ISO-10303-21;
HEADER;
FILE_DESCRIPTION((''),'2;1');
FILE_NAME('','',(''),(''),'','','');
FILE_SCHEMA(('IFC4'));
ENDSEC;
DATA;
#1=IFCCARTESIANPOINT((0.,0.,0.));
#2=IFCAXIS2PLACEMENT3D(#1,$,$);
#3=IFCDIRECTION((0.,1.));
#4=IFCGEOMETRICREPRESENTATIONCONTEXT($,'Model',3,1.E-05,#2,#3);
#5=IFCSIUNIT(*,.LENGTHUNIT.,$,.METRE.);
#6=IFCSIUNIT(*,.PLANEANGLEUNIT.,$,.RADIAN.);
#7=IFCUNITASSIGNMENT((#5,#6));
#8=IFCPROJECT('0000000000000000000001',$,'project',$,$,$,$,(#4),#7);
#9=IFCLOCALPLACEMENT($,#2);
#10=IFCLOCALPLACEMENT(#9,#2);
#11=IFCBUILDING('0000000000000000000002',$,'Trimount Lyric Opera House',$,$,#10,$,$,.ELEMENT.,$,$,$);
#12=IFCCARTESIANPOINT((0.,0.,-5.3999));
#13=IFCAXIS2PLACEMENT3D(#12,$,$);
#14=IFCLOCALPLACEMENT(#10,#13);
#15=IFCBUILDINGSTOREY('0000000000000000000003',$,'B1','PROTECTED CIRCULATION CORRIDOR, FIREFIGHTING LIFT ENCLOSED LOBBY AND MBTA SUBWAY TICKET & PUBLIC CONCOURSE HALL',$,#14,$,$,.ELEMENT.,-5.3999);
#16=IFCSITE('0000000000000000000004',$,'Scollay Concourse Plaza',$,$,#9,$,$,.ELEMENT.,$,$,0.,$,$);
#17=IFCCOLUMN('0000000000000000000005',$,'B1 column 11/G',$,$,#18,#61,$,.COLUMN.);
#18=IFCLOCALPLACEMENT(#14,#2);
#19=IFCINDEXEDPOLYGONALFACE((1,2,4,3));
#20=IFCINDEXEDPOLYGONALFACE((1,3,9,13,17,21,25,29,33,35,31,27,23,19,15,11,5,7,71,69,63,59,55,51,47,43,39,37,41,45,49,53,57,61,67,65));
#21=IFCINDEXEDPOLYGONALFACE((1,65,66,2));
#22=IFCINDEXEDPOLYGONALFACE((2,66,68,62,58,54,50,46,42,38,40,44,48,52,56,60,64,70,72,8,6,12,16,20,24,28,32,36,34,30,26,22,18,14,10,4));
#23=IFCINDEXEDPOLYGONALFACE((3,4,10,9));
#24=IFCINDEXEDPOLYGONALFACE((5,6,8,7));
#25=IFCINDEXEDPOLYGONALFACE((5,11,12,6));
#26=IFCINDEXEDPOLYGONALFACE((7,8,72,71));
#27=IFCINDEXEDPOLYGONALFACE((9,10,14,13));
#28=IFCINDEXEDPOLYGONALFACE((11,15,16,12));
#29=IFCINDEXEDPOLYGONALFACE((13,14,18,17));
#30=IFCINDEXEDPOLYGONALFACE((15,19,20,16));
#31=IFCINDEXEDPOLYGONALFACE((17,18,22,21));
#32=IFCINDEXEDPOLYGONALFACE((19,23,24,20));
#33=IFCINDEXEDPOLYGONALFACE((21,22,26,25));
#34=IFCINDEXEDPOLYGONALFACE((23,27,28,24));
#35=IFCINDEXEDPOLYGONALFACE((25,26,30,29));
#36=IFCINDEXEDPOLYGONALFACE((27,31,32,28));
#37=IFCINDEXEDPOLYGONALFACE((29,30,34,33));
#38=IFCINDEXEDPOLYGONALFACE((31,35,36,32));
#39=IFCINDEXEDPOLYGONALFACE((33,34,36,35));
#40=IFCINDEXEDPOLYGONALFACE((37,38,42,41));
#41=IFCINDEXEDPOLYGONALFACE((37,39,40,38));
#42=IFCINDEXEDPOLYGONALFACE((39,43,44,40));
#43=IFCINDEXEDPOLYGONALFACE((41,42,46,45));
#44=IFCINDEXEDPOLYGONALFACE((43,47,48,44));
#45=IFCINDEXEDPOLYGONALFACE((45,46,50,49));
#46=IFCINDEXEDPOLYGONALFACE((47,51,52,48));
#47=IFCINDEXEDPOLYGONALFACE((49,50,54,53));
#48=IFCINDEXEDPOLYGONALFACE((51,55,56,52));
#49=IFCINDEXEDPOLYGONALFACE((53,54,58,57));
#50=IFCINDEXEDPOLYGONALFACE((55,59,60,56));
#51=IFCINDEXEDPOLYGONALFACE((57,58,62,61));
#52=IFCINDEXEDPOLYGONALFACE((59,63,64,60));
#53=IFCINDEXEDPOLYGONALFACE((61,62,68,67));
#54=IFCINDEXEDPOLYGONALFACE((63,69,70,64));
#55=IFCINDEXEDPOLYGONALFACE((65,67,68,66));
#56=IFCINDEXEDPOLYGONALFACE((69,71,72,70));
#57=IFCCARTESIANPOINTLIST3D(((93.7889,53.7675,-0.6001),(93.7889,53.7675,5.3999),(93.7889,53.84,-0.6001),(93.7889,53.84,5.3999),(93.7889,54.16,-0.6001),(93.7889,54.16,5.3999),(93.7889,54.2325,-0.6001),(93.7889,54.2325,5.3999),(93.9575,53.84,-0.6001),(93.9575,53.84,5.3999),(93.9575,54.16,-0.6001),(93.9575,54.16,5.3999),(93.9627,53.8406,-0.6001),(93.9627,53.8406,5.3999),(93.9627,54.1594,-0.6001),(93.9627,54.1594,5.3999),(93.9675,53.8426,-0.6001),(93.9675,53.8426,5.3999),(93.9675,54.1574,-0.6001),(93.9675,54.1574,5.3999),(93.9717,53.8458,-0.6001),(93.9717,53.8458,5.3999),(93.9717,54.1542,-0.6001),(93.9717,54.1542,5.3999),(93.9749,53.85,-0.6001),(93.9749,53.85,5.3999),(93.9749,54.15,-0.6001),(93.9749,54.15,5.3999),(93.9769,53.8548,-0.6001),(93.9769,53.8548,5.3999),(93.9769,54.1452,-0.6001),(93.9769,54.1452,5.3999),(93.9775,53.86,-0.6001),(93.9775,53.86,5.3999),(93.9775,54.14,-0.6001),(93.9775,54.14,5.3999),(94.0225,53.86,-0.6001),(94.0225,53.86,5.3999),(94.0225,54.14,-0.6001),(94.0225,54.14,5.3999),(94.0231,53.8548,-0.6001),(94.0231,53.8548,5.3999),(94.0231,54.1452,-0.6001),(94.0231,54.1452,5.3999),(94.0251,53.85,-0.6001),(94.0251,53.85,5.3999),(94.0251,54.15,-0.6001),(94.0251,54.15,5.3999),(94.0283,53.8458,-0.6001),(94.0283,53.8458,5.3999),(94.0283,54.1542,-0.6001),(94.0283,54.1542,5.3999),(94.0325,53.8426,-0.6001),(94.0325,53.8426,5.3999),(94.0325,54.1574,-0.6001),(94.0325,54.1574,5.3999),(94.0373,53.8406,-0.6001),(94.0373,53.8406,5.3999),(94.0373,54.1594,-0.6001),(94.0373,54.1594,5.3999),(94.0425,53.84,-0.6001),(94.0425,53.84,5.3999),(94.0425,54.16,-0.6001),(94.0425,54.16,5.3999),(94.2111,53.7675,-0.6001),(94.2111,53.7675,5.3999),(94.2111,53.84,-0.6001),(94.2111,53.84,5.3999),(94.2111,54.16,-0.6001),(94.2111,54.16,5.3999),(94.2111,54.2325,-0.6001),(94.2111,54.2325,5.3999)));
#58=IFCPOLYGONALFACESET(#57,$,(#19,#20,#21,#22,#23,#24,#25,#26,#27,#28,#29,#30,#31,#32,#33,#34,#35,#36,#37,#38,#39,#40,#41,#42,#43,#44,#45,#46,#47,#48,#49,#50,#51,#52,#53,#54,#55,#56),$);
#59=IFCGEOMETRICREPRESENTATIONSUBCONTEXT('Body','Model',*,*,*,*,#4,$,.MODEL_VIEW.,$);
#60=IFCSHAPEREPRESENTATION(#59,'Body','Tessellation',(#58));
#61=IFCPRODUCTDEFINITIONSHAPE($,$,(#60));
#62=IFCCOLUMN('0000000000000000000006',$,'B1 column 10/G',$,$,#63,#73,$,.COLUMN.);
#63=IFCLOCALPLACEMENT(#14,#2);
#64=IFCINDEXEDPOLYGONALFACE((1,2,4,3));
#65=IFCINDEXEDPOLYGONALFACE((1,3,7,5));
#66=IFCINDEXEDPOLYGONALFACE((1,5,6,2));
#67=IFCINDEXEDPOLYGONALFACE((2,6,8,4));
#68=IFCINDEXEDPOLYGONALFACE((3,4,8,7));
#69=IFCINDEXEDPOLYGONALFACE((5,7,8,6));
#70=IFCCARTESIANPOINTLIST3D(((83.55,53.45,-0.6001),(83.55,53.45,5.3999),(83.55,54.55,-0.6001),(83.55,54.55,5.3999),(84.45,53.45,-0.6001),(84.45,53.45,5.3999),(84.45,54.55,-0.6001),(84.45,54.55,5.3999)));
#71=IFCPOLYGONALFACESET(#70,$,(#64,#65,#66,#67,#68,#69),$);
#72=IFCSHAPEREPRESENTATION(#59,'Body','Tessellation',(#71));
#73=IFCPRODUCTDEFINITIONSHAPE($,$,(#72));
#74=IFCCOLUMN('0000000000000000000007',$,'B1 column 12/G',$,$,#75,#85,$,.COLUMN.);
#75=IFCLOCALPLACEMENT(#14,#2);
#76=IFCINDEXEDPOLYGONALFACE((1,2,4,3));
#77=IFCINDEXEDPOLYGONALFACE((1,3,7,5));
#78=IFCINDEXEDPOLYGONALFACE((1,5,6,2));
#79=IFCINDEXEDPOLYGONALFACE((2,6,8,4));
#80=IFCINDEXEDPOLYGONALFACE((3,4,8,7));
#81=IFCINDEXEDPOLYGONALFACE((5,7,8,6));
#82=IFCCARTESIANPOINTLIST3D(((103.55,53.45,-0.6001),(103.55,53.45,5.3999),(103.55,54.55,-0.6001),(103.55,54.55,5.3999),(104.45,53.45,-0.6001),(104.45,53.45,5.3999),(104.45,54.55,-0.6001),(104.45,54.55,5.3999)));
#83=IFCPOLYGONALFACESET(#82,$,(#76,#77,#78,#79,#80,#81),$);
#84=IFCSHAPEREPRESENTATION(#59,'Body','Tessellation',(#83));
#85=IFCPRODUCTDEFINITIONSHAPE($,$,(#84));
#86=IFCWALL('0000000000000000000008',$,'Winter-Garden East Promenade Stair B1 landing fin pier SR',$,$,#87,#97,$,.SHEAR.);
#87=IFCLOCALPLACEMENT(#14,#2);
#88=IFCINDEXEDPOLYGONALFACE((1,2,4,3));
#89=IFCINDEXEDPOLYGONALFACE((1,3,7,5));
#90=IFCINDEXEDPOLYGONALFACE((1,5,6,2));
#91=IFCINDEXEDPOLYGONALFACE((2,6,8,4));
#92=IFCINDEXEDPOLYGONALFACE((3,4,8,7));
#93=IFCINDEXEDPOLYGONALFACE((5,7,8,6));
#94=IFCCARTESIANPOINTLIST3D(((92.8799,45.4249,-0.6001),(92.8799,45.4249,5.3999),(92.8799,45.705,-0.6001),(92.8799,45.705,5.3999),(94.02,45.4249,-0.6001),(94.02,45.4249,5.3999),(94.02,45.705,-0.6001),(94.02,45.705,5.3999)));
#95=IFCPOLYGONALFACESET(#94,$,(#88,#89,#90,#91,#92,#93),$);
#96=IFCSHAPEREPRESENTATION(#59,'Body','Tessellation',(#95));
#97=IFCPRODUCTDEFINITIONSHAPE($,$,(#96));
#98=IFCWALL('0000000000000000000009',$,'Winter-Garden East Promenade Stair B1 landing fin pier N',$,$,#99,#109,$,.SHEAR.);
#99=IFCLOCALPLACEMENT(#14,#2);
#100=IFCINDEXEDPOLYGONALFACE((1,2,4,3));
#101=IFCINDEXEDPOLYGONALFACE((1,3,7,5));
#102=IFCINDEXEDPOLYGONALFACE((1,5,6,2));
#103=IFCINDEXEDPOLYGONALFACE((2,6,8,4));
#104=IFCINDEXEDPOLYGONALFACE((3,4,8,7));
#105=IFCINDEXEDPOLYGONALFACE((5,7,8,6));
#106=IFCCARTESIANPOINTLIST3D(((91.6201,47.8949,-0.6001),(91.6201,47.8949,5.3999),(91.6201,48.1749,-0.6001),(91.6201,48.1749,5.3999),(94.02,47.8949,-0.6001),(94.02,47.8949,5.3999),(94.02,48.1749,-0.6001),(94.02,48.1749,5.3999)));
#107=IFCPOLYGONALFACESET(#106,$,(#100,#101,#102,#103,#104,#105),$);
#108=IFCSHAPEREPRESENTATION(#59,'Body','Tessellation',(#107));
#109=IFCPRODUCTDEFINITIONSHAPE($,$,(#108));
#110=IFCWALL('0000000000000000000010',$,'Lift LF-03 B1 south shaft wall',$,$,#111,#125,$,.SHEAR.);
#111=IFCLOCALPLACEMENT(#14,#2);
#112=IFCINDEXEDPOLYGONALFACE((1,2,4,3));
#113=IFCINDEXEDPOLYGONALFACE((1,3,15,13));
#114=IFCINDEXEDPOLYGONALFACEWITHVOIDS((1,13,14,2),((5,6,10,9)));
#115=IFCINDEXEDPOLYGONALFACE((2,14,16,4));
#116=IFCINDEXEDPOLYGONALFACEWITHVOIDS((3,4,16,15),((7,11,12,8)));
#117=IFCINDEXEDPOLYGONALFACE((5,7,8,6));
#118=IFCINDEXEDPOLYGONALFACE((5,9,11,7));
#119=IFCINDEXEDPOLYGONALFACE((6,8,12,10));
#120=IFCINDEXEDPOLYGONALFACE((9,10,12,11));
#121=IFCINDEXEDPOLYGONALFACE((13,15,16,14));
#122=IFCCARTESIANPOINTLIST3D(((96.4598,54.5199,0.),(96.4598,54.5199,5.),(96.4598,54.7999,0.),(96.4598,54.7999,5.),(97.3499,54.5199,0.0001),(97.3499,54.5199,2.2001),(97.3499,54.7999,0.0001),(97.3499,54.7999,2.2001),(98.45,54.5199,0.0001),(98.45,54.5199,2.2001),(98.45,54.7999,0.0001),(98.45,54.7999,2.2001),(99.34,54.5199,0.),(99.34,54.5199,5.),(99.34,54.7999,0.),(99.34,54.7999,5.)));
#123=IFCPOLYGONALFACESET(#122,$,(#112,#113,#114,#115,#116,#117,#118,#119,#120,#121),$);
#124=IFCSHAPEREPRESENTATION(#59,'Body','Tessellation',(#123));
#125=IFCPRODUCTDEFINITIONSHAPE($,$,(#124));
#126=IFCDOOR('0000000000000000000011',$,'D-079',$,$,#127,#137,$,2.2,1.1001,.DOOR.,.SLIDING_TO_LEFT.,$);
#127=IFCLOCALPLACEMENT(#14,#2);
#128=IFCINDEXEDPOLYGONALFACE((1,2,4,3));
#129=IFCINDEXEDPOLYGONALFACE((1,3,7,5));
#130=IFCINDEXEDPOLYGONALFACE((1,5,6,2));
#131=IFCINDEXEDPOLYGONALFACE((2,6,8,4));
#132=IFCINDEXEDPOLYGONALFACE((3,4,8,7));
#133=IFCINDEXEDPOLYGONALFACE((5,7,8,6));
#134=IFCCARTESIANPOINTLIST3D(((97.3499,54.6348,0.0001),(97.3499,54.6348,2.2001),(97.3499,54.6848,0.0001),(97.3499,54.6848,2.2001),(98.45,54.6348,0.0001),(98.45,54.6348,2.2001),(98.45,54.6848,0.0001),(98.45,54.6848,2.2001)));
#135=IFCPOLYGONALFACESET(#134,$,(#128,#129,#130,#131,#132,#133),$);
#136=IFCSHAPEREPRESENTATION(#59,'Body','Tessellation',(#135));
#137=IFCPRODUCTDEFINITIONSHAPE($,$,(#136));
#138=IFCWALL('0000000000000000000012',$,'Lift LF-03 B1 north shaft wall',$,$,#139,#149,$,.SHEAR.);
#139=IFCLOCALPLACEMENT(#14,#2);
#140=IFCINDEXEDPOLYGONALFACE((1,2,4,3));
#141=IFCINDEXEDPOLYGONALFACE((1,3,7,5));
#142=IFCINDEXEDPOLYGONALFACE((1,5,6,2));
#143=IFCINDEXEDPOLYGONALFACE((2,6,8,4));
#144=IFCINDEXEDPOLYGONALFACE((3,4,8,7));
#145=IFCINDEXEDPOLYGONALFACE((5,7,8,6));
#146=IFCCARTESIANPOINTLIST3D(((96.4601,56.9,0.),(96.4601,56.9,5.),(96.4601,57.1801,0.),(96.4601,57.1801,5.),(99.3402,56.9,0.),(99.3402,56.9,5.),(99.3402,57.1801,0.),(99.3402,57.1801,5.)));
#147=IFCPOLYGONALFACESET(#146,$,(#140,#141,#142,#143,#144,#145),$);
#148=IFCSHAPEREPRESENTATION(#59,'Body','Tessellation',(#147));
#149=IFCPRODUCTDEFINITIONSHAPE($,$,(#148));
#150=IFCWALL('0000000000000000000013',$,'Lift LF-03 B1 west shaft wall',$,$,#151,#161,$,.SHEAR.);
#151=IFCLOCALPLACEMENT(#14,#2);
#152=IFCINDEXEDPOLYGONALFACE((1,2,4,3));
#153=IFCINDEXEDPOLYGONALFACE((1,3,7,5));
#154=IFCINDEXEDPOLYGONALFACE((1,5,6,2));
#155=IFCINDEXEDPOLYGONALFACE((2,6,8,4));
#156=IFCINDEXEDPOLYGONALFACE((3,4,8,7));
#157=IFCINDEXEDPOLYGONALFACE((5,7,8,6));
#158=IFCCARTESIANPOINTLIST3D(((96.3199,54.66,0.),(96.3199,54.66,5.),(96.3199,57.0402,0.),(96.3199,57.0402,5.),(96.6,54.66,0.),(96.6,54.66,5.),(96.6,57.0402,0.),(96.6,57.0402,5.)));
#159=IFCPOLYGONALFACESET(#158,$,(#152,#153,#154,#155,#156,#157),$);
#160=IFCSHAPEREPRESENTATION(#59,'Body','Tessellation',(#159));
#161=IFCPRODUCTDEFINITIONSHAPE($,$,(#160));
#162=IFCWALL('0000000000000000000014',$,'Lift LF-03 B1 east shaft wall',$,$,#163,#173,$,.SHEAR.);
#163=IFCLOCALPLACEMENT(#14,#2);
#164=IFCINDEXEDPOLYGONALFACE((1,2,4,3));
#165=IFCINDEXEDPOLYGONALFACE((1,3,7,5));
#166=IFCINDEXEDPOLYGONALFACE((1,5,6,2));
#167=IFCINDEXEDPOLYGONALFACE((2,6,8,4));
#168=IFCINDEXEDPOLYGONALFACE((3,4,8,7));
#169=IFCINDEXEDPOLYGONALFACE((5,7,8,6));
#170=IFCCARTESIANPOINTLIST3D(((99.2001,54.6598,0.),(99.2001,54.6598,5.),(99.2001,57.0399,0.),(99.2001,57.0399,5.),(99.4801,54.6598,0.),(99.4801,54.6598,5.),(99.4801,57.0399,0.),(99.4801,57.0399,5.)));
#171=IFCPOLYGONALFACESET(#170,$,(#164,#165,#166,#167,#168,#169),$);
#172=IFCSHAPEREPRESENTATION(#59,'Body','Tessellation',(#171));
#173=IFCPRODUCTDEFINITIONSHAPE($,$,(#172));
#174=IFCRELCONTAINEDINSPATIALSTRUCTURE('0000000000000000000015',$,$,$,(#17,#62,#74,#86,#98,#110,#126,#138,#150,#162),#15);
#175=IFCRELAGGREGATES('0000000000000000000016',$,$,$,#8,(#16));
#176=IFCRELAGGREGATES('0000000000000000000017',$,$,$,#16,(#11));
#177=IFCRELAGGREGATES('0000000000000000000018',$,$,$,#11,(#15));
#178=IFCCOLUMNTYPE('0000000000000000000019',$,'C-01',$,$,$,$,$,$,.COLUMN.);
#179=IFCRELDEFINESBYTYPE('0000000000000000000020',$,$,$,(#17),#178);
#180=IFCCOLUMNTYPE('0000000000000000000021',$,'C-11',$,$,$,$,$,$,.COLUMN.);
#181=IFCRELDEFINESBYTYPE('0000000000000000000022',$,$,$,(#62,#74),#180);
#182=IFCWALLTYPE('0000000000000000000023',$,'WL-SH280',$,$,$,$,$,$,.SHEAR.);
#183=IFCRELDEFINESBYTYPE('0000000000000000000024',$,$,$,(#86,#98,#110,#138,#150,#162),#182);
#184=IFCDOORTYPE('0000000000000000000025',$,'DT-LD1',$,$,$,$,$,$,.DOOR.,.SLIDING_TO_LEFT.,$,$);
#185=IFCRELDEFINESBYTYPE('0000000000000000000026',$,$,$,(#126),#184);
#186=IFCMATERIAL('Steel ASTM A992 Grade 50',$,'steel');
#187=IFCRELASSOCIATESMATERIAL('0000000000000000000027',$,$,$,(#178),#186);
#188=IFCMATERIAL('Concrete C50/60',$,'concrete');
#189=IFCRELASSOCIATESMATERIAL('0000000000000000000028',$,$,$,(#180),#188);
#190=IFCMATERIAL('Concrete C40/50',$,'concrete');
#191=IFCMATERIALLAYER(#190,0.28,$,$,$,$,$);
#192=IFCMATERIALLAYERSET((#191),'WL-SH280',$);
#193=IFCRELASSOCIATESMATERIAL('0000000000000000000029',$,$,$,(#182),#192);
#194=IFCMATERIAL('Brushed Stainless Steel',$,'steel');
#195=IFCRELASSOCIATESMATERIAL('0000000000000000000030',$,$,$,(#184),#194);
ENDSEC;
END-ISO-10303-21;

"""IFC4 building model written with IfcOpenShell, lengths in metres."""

from ifc_helpers import new_model, si_unit, direction, frame, frame_2d, origin, origin_2d, place, context, subcontext, project, spatial, rectangle, i_section, extrude, material, layer, layer_set, material_profile, profile_set, type_object, element, fill, save


model = new_model("IFC4")

# Units and contexts
model_context = context("Model", 3, precision=1e-05, world=origin(), true_north=direction((0.0, 1.0)))
body_context = subcontext(model_context, "Body", "Model", "MODEL_VIEW")
ifc_project = project(units=[si_unit("LENGTHUNIT", "METRE"), si_unit("PLANEANGLEUNIT", "RADIAN")], contexts=[model_context])

# Site, building, storey
site_placement = place(None, origin())
site = spatial("IfcSite", under=ifc_project, at=site_placement, Name="Scollay Concourse Plaza", CompositionType="ELEMENT", RefElevation=0.0)
building_placement = place(site_placement, origin())
building = spatial("IfcBuilding", under=site, at=building_placement, Name="Trimount Lyric Opera House", CompositionType="ELEMENT")
storey_placement = place(building_placement, frame((0.0, 0.0, -5.3999)))
storey = spatial("IfcBuildingStorey", under=building, at=storey_placement, Name="B1", Description="PROTECTED CIRCULATION CORRIDOR, FIREFIGHTING LIFT ENCLOSED LOBBY AND MBTA SUBWAY TICKET & PUBLIC CONCOURSE HALL", CompositionType="ELEMENT", Elevation=-5.3999)

# Columns
ifc_material_1 = material(Name="Steel ASTM A992 Grade 50", Category="steel")
ifc_material_profile_1 = material_profile(ifc_material_1, i_section(OverallWidth=0.4221, OverallDepth=0.4651, WebThickness=0.0449, FlangeThickness=0.0725, FilletRadius=0.02, at=origin_2d()), Name="W14X398")
ifc_profile_set_1 = profile_set([ifc_material_profile_1], Name="Steel ASTM A992 Grade 50")
column_type_1 = type_object("IfcColumnType", Name="C-01", PredefinedType="COLUMN", material=ifc_profile_set_1)
column_placement = place(storey_placement, frame((94.0, 54.0, -0.6001), z_axis=(0.0, 0.0, 1.0), x_axis=(1.0, 0.0, 0.0)))
element("IfcColumn", 1, at=column_placement, inside=storey, type_object=column_type_1, Name="B1 column 11/G", PredefinedType="COLUMN", context=body_context, shape_type="SweptSolid", body=[
    extrude(i_section(OverallWidth=0.4221, OverallDepth=0.4651, WebThickness=0.0449, FlangeThickness=0.0725, FilletRadius=0.02, at=origin_2d()), origin(), (0.0, 0.0, 1.0), 6.0),
])
ifc_material_2 = material(Name="Concrete C50/60", Category="concrete")
ifc_material_profile_2 = material_profile(ifc_material_2, rectangle(XDim=0.8999, YDim=1.1001, at=origin_2d()), Name="RC1100X900")
ifc_profile_set_2 = profile_set([ifc_material_profile_2], Name="Concrete C50/60")
column_type_2 = type_object("IfcColumnType", Name="C-11", PredefinedType="COLUMN", material=ifc_profile_set_2)
for number, where, z_axis, x_axis, name in (
    (2, (84.0, 54.0, -0.6001), (0.0, 0.0, 1.0), (1.0, 0.0, 0.0), "B1 column 10/G"),
    (3, (104.0, 54.0, -0.6001), (0.0, 0.0, 1.0), (1.0, 0.0, 0.0), "B1 column 12/G"),
):
    element("IfcColumn", number, at=place(storey_placement, frame(where, z_axis=z_axis, x_axis=x_axis)), inside=storey, type_object=column_type_2, Name=name, PredefinedType="COLUMN", context=body_context, shape_type="SweptSolid", body=[
        extrude(rectangle(XDim=0.8999, YDim=1.1001, at=origin_2d()), origin(), (0.0, 0.0, 1.0), 6.0),
    ])

# Walls
ifc_material_3 = material(Name="Concrete C40/50", Category="concrete")
ifc_layer_1 = layer(ifc_material_3, 0.28)
ifc_layer_set_1 = layer_set([ifc_layer_1], Name="WL-SH280")
wall_type_1 = type_object("IfcWallType", Name="WL-SH280", PredefinedType="SHEAR", material=ifc_layer_set_1)
wall_1_placement = place(storey_placement, frame((92.8799, 45.5649, -0.6001), z_axis=(0.0, 0.0, 1.0), x_axis=(1.0, 0.0, 0.0)))
element("IfcWall", 4, at=wall_1_placement, inside=storey, type_object=wall_type_1, Name="Winter-Garden East Promenade Stair B1 landing fin pier SR", PredefinedType="SHEAR", context=body_context, shape_type="SweptSolid", body=[
    extrude(rectangle(XDim=1.1401, YDim=0.28, at=frame_2d((0.5701, 0.0))), origin(), (0.0, 0.0, 1.0), 6.0),
])
wall_2_placement = place(storey_placement, frame((91.6201, 48.0349, -0.6001), z_axis=(0.0, 0.0, 1.0), x_axis=(1.0, 0.0, 0.0)))
element("IfcWall", 5, at=wall_2_placement, inside=storey, type_object=wall_type_1, Name="Winter-Garden East Promenade Stair B1 landing fin pier N", PredefinedType="SHEAR", context=body_context, shape_type="SweptSolid", body=[
    extrude(rectangle(XDim=2.3999, YDim=0.28, at=frame_2d((1.2, 0.0))), origin(), (0.0, 0.0, 1.0), 6.0),
])

# Wall, opening, door
wall_3_placement = place(storey_placement, frame((96.46, 54.6599, 0.0), z_axis=(0.0, 0.0, 1.0), x_axis=(1.0, 0.0, 0.0)))
wall_3 = element("IfcWall", 6, at=wall_3_placement, inside=storey, type_object=wall_type_1, Name="Lift LF-03 B1 south shaft wall", PredefinedType="SHEAR", context=body_context, shape_type="SweptSolid", body=[
    extrude(rectangle(XDim=2.8801, YDim=0.28, at=frame_2d((1.4399, 0.0))), origin(), (0.0, 0.0, 1.0), 5.0),
])
opening_1_placement = place(wall_3_placement, frame((0.8899, 0.0, 0.0)))
opening_1 = element("IfcOpeningElement", 7, at=opening_1_placement, cuts=wall_3, PredefinedType="OPENING", context=body_context, shape_type="SweptSolid", body=[
    extrude(rectangle(XDim=1.1001, YDim=2.2, at=frame_2d((0.55, 1.1001))), frame((0.0, 0.1499, 0.0), z_axis=(0.0, -1.0, 0.0), x_axis=(1.0, 0.0, 0.0)), (0.0, 0.0, 1.0), 0.3),
])
ifc_material_4 = material(Name="Brushed Stainless Steel", Category="steel")
door_type = type_object("IfcDoorType", Name="DT-LD1", OperationType="SLIDING_TO_LEFT", PredefinedType="DOOR", material=ifc_material_4)
door_1_placement = place(opening_1_placement, origin())
door_1 = element("IfcDoor", 8, at=door_1_placement, inside=storey, type_object=door_type, Name="D-079", OperationType="SLIDING_TO_LEFT", OverallHeight=2.2, OverallWidth=1.1001, PredefinedType="DOOR", context=body_context, shape_type="SweptSolid", body=[
    extrude(rectangle(XDim=1.1001, YDim=2.2, at=frame_2d((0.55, 1.1001))), frame((0.0, 0.0249, 0.0), z_axis=(0.0, -1.0, 0.0), x_axis=(1.0, 0.0, 0.0)), (0.0, 0.0, 1.0), 0.05),
])
fill(opening_1, door_1)

# Walls
wall_4_placement = place(storey_placement, frame((99.3401, 57.04, 0.0), z_axis=(0.0, 0.0, 1.0), x_axis=(-1.0, 0.0, 0.0)))
element("IfcWall", 9, at=wall_4_placement, inside=storey, type_object=wall_type_1, Name="Lift LF-03 B1 north shaft wall", PredefinedType="SHEAR", context=body_context, shape_type="SweptSolid", body=[
    extrude(rectangle(XDim=2.8801, YDim=0.28, at=frame_2d((1.4399, 0.0))), origin(), (0.0, 0.0, 1.0), 5.0),
])
for number, where, z_axis, x_axis, name in (
    (10, (96.46, 57.04, 0.0), (0.0, 0.0, 1.0), (0.0, -1.0, 0.0), "Lift LF-03 B1 west shaft wall"),
    (11, (99.3401, 54.6599, 0.0), (0.0, 0.0, 1.0), (0.0, 1.0, 0.0), "Lift LF-03 B1 east shaft wall"),
):
    element("IfcWall", number, at=place(storey_placement, frame(where, z_axis=z_axis, x_axis=x_axis)), inside=storey, type_object=wall_type_1, Name=name, PredefinedType="SHEAR", context=body_context, shape_type="SweptSolid", body=[
        extrude(rectangle(XDim=2.3801, YDim=0.28, at=frame_2d((1.1899, 0.0))), origin(), (0.0, 0.0, 1.0), 5.0),
    ])

save(model, "model.ifc")
